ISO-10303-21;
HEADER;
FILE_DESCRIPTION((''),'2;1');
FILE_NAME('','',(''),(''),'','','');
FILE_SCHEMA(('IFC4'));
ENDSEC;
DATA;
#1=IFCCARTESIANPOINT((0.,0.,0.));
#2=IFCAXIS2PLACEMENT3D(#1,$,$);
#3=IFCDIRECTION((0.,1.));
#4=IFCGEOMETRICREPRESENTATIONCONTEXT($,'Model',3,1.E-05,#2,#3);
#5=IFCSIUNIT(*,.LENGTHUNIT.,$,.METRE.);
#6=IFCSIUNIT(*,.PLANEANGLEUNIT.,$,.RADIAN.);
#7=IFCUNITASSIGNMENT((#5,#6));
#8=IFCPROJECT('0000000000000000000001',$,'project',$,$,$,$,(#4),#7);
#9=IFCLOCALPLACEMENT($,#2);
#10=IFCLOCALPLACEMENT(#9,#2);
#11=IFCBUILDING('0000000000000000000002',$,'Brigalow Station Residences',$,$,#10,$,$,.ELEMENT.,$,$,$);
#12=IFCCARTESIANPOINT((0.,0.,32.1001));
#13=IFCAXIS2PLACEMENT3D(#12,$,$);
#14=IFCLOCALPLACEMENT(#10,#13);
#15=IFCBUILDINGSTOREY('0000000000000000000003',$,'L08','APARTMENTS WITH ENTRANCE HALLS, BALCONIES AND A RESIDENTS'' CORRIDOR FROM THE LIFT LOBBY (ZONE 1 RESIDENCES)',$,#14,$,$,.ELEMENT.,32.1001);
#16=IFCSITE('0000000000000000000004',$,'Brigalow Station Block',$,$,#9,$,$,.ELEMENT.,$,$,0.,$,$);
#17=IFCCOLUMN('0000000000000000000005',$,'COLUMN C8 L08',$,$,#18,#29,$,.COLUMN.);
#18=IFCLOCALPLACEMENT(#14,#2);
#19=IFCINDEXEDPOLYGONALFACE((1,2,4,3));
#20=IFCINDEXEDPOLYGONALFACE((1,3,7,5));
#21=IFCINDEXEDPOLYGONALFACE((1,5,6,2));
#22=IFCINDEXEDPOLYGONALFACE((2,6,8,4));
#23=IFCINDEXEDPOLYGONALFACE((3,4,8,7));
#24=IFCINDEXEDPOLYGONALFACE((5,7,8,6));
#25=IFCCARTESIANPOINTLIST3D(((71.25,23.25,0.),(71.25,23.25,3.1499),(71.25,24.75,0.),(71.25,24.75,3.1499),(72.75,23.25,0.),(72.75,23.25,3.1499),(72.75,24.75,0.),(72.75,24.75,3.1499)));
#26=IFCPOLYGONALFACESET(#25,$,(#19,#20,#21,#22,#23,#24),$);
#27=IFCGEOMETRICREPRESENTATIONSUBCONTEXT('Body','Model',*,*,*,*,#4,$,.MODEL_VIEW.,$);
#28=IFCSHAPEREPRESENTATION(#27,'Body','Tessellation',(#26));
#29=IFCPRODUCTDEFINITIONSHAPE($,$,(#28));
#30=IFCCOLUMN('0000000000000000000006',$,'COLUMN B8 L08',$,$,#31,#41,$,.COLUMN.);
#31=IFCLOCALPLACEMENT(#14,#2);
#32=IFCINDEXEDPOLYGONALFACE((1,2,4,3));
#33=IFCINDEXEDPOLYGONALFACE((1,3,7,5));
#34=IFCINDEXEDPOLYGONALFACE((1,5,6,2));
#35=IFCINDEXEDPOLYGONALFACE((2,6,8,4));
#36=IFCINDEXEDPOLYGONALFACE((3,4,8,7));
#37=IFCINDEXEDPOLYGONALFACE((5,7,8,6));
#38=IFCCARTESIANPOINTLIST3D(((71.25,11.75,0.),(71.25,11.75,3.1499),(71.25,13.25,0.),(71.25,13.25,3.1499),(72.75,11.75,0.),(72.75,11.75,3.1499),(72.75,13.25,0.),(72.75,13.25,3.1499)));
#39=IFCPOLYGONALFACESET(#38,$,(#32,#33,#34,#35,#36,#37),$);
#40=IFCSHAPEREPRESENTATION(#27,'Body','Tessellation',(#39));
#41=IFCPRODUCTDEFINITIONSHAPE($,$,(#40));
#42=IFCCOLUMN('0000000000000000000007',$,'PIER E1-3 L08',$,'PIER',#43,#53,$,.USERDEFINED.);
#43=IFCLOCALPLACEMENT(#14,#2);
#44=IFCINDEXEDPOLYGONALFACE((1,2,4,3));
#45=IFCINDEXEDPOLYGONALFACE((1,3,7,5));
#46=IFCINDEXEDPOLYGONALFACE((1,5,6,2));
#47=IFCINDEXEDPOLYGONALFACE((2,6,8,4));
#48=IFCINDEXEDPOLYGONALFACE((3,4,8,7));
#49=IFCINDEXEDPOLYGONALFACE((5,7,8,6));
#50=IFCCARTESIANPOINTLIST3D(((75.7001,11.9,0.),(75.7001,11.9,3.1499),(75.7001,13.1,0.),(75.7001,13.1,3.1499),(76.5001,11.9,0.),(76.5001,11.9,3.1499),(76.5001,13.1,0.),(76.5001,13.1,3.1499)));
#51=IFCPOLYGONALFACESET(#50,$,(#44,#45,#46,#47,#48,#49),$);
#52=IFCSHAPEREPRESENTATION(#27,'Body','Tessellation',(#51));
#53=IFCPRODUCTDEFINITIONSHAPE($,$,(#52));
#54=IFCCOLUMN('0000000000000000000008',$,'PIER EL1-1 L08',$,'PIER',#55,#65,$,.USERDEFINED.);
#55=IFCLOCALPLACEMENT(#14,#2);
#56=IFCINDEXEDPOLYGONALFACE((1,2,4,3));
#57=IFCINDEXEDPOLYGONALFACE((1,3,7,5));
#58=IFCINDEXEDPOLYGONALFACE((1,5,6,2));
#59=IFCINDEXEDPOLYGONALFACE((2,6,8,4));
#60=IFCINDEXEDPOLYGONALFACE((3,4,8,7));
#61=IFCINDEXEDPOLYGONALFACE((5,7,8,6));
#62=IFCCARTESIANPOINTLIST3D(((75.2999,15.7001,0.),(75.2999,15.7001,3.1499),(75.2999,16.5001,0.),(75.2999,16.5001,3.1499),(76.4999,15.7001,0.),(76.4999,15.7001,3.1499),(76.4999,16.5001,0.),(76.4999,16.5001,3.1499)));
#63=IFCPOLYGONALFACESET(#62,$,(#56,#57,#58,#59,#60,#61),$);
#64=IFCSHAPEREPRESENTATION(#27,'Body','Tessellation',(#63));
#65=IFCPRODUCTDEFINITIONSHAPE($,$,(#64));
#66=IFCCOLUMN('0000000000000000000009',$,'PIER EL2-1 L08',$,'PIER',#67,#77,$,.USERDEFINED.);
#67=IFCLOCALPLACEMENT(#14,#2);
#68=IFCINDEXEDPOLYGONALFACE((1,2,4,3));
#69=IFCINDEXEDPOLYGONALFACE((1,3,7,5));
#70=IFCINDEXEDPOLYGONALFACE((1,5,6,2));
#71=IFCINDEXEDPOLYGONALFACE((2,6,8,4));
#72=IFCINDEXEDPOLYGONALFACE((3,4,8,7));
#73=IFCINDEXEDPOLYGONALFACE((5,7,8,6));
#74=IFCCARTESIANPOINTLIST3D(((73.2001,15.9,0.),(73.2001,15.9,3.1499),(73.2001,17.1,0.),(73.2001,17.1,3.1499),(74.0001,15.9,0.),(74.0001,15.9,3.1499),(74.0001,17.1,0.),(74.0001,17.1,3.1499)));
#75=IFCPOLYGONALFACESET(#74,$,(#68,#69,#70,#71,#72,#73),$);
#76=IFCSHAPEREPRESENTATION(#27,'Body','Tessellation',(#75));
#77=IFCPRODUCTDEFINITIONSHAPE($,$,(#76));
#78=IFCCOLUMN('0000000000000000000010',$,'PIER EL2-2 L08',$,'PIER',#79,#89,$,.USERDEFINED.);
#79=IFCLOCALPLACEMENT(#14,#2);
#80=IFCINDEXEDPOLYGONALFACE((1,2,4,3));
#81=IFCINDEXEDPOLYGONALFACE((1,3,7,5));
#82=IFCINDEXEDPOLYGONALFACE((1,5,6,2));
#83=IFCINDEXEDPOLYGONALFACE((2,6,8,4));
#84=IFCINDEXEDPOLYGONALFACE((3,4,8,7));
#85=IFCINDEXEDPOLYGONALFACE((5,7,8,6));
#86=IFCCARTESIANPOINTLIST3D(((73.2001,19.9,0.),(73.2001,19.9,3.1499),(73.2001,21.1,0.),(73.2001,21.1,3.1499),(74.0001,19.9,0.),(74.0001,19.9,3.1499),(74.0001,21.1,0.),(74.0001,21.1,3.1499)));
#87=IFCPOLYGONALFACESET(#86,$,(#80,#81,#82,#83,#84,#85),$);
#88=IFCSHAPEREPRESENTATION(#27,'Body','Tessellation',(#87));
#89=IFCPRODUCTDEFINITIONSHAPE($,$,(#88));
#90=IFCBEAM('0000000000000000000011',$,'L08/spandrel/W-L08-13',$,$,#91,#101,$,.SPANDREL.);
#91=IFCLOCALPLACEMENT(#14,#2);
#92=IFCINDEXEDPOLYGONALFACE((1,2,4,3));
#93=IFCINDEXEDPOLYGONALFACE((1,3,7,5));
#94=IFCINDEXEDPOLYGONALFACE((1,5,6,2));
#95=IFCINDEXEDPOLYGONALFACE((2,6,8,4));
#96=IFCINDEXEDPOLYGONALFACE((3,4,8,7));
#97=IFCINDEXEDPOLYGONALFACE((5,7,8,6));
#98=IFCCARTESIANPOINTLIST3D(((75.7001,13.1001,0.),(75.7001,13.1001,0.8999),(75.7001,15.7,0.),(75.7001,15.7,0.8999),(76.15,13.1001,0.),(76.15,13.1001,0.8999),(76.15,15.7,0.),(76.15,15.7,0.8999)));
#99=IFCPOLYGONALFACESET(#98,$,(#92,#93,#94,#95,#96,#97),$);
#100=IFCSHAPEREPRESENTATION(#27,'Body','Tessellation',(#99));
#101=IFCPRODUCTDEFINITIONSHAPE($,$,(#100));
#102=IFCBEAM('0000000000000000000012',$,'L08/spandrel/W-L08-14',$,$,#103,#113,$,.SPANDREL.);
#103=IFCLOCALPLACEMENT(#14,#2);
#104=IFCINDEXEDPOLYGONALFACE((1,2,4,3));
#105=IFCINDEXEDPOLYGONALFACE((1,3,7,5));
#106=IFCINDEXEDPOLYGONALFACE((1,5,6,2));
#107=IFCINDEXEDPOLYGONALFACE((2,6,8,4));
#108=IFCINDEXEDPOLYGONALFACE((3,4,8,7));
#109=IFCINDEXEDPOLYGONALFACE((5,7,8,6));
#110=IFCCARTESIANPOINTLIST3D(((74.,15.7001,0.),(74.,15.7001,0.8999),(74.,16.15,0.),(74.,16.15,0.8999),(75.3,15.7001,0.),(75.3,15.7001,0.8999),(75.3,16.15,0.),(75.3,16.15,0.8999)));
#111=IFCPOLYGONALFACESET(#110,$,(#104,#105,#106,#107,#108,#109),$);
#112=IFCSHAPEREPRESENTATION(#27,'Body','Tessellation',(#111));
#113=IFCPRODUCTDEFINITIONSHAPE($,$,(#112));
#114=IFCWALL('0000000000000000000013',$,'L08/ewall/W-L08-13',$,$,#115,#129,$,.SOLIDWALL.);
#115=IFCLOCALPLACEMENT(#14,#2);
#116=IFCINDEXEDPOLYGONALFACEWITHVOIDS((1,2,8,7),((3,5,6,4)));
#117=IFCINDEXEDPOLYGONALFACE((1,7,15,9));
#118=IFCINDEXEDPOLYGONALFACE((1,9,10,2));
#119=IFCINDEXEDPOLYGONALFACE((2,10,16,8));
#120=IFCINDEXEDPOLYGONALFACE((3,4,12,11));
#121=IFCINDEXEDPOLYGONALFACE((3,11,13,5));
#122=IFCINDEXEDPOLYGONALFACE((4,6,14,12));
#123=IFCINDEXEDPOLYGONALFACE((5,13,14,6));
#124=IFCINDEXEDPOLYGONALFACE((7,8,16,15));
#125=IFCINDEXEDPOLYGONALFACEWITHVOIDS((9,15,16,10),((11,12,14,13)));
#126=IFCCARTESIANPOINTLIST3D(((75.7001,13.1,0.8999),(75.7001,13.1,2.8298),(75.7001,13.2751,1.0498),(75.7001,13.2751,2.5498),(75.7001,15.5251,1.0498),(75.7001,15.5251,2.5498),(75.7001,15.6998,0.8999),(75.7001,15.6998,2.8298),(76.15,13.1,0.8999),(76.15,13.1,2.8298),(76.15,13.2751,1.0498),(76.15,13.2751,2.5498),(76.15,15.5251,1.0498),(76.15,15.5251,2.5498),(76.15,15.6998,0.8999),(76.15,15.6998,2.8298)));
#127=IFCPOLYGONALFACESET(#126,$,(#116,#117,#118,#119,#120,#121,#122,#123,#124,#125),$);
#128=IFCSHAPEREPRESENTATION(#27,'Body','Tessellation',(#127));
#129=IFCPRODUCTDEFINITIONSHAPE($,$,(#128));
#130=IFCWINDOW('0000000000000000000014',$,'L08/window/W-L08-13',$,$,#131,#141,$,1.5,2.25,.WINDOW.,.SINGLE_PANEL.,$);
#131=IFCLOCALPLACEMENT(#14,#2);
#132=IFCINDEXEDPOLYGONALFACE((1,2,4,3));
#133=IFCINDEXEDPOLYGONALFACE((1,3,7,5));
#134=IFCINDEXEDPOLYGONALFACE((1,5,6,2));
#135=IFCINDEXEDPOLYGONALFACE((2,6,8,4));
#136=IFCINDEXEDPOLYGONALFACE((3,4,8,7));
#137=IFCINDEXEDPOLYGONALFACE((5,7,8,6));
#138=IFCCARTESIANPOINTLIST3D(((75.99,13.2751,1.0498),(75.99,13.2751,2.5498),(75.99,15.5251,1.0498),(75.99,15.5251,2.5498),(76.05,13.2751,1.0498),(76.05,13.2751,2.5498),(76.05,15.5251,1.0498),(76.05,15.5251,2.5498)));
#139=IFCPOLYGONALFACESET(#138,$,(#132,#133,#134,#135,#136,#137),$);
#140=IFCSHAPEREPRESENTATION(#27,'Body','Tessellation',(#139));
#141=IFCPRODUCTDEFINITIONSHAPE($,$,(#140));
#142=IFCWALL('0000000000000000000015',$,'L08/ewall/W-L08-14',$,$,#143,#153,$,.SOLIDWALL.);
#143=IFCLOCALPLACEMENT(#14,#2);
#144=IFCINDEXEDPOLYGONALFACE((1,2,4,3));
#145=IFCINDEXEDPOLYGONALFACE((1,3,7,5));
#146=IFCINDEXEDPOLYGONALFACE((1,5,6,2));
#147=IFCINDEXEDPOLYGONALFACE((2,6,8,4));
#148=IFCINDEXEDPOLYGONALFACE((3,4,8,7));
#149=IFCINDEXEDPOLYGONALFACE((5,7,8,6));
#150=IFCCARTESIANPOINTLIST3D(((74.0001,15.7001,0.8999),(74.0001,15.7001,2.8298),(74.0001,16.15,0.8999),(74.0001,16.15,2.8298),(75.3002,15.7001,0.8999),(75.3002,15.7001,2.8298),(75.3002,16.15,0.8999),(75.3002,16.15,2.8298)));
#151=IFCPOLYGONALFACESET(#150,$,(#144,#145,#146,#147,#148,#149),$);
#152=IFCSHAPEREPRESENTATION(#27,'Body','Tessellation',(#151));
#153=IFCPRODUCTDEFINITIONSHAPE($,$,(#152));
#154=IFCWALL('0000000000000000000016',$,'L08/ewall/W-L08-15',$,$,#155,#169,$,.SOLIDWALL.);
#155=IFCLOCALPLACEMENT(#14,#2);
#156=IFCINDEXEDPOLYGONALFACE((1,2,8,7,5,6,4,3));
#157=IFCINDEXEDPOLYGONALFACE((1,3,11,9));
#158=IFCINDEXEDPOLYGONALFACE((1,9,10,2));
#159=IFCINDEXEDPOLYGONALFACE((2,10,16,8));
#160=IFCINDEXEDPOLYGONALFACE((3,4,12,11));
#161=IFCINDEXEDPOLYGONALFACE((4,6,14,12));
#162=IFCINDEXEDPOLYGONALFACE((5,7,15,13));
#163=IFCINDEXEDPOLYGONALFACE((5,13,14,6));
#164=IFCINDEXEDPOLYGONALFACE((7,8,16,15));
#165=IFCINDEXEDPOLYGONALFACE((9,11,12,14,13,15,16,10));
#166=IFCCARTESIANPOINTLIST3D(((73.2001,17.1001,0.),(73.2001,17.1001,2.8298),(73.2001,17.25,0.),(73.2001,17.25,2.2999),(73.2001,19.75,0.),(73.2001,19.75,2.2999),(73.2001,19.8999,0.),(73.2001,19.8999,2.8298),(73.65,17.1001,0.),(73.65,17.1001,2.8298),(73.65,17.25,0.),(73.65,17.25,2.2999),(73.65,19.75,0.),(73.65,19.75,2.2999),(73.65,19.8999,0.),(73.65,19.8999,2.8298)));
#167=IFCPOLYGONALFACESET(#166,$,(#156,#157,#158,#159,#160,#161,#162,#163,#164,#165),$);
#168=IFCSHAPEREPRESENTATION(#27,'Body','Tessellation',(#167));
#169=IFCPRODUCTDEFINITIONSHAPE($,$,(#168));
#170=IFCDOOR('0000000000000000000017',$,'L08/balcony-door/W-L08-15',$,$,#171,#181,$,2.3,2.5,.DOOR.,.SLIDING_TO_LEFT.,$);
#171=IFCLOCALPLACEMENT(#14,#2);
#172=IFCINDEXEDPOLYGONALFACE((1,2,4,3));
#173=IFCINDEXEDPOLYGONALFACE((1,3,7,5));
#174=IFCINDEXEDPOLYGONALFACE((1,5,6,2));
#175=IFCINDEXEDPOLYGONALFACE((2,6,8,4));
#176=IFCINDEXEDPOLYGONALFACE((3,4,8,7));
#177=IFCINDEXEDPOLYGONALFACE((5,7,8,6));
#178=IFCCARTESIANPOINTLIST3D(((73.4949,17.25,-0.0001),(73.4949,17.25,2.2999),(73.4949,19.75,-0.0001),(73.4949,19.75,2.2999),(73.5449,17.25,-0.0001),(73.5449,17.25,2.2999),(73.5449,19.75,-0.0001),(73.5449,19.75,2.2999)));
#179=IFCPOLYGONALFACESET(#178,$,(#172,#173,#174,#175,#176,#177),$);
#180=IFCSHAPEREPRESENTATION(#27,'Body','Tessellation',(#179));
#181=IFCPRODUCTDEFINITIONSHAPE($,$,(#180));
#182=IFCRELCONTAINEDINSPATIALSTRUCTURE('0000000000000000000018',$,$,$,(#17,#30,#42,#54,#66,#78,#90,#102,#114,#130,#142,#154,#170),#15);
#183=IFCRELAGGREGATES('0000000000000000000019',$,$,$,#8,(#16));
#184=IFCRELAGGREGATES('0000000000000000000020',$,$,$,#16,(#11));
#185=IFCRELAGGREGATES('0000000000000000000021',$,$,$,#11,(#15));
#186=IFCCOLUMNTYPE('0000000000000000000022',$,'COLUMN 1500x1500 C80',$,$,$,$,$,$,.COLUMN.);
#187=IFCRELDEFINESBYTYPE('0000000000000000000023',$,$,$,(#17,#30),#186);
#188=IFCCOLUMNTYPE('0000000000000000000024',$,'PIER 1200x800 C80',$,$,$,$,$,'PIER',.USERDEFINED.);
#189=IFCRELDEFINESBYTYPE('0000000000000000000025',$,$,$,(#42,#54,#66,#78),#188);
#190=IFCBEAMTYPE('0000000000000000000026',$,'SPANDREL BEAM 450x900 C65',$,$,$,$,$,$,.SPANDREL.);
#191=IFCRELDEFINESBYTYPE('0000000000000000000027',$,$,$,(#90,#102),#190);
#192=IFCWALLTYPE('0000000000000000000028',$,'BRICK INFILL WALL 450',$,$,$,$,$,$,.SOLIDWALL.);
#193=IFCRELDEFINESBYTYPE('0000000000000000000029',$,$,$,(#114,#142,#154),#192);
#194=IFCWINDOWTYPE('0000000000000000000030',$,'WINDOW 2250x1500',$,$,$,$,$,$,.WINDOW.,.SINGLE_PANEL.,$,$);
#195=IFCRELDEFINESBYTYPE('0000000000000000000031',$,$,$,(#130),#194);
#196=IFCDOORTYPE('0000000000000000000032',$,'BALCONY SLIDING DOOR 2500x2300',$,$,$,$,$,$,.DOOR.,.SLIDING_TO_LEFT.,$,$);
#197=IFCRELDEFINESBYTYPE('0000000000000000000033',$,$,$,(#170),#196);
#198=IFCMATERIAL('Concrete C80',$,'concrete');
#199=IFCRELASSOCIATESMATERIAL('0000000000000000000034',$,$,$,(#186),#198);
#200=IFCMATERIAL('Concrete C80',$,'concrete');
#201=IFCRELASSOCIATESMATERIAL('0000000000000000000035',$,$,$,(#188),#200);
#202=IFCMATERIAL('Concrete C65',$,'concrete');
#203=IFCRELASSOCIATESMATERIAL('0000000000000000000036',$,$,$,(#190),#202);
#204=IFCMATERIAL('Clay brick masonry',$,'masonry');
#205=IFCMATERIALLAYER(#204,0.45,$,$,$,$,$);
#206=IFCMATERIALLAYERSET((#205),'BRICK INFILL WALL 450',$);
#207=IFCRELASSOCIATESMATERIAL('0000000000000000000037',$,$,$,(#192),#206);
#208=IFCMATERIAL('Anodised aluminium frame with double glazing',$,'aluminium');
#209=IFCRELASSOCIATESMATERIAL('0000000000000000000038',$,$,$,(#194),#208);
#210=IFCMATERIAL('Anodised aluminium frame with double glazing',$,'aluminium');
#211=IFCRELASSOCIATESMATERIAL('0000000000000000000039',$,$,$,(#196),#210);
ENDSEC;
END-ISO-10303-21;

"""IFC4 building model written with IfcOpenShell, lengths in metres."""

from ifc_helpers import new_model, si_unit, direction, frame, frame_2d, origin, origin_2d, place, context, subcontext, project, spatial, rectangle, extrude, material, layer, layer_set, material_profile, profile_set, type_object, element, fill, save


model = new_model("IFC4")

# Units and contexts
model_context = context("Model", 3, precision=1e-05, world=origin(), true_north=direction((0.0, 1.0)))
body_context = subcontext(model_context, "Body", "Model", "MODEL_VIEW")
ifc_project = project(units=[si_unit("LENGTHUNIT", "METRE"), si_unit("PLANEANGLEUNIT", "RADIAN")], contexts=[model_context])

# Site, building, storey
site_placement = place(None, origin())
site = spatial("IfcSite", under=ifc_project, at=site_placement, Name="Brigalow Station Block", CompositionType="ELEMENT", RefElevation=0.0)
building_placement = place(site_placement, origin())
building = spatial("IfcBuilding", under=site, at=building_placement, Name="Brigalow Station Residences", CompositionType="ELEMENT")
storey_placement = place(building_placement, frame((0.0, 0.0, 32.1001)))
storey = spatial("IfcBuildingStorey", under=building, at=storey_placement, Name="L08", Description="APARTMENTS WITH ENTRANCE HALLS, BALCONIES AND A RESIDENTS' CORRIDOR FROM THE LIFT LOBBY (ZONE 1 RESIDENCES)", CompositionType="ELEMENT", Elevation=32.1001)

# Columns
ifc_material_1 = material(Name="Concrete C80", Category="concrete")
ifc_material_profile_1 = material_profile(ifc_material_1, rectangle(XDim=1.5, YDim=1.5, at=origin_2d()), Name="RC1500x1500")
ifc_profile_set_1 = profile_set([ifc_material_profile_1], Name="Concrete C80")
column_type_1 = type_object("IfcColumnType", Name="COLUMN 1500x1500 C80", PredefinedType="COLUMN", material=ifc_profile_set_1)
for number, where, z_axis, x_axis, name in (
    (1, (72.0, 24.0, 0.0), (0.0, 0.0, 1.0), (1.0, 0.0, 0.0), "COLUMN C8 L08"),
    (2, (72.0, 12.5, 0.0), (0.0, 0.0, 1.0), (1.0, 0.0, 0.0), "COLUMN B8 L08"),
):
    element("IfcColumn", number, at=place(storey_placement, frame(where, z_axis=z_axis, x_axis=x_axis)), inside=storey, type_object=column_type_1, Name=name, PredefinedType="COLUMN", context=body_context, shape_type="SweptSolid", body=[
        extrude(rectangle(XDim=1.5, YDim=1.5, at=origin_2d()), origin(), (0.0, 0.0, 1.0), 3.1499),
    ])
ifc_material_2 = material(Name="Concrete C80", Category="concrete")
ifc_material_profile_2 = material_profile(ifc_material_2, rectangle(XDim=1.2, YDim=0.8, at=origin_2d()), Name="RC1200x800")
ifc_profile_set_2 = profile_set([ifc_material_profile_2], Name="Concrete C80")
column_type_2 = type_object("IfcColumnType", Name="PIER 1200x800 C80", ElementType="PIER", PredefinedType="USERDEFINED", material=ifc_profile_set_2)
for number, where, z_axis, x_axis, name in (
    (3, (76.1001, 12.5, 0.0), (0.0, 0.0, 1.0), (0.0, 1.0, 0.0), "PIER E1-3 L08"),
    (4, (75.8999, 16.1001, 0.0), (0.0, 0.0, 1.0), (-1.0, 0.0, 0.0), "PIER EL1-1 L08"),
    (5, (73.6001, 16.5, 0.0), (0.0, 0.0, 1.0), (0.0, 1.0, 0.0), "PIER EL2-1 L08"),
    (6, (73.6001, 20.5, 0.0), (0.0, 0.0, 1.0), (0.0, 1.0, 0.0), "PIER EL2-2 L08"),
):
    element("IfcColumn", number, at=place(storey_placement, frame(where, z_axis=z_axis, x_axis=x_axis)), inside=storey, type_object=column_type_2, Name=name, ObjectType="PIER", PredefinedType="USERDEFINED", context=body_context, shape_type="SweptSolid", body=[
        extrude(rectangle(XDim=1.2, YDim=0.8, at=origin_2d()), origin(), (0.0, 0.0, 1.0), 3.1499),
    ])

# Beams
ifc_material_3 = material(Name="Concrete C65", Category="concrete")
ifc_material_profile_3 = material_profile(ifc_material_3, rectangle(XDim=0.45, YDim=0.8999, at=origin_2d()), Name="RC450x900")
ifc_profile_set_3 = profile_set([ifc_material_profile_3], Name="Concrete C65")
beam_type = type_object("IfcBeamType", Name="SPANDREL BEAM 450x900 C65", PredefinedType="SPANDREL", material=ifc_profile_set_3)
beam_1_placement = place(storey_placement, frame((75.925, 13.1001, 0.45), z_axis=(0.0, 1.0, 0.0), x_axis=(-1.0, 0.0, 0.0)))
element("IfcBeam", 7, at=beam_1_placement, inside=storey, type_object=beam_type, Name="L08/spandrel/W-L08-13", PredefinedType="SPANDREL", context=body_context, shape_type="SweptSolid", body=[
    extrude(rectangle(XDim=0.45, YDim=0.8999, at=origin_2d()), origin(), (0.0, 0.0, 1.0), 2.5999),
])
beam_2_placement = place(storey_placement, frame((75.3, 15.925, 0.45), z_axis=(-1.0, 0.0, 0.0), x_axis=(0.0, -1.0, 0.0)))
element("IfcBeam", 8, at=beam_2_placement, inside=storey, type_object=beam_type, Name="L08/spandrel/W-L08-14", PredefinedType="SPANDREL", context=body_context, shape_type="SweptSolid", body=[
    extrude(rectangle(XDim=0.45, YDim=0.8999, at=origin_2d()), origin(), (0.0, 0.0, 1.0), 1.3),
])

# Wall, opening, window
ifc_material_4 = material(Name="Clay brick masonry", Category="masonry")
ifc_layer_1 = layer(ifc_material_4, 0.45)
ifc_layer_set_1 = layer_set([ifc_layer_1], Name="BRICK INFILL WALL 450")
wall_type_1 = type_object("IfcWallType", Name="BRICK INFILL WALL 450", PredefinedType="SOLIDWALL", material=ifc_layer_set_1)
wall_1_placement = place(storey_placement, frame((75.925, 13.1001, 0.8999), z_axis=(0.0, 0.0, 1.0), x_axis=(0.0, 1.0, 0.0)))
wall_1 = element("IfcWall", 9, at=wall_1_placement, inside=storey, type_object=wall_type_1, Name="L08/ewall/W-L08-13", PredefinedType="SOLIDWALL", context=body_context, shape_type="SweptSolid", body=[
    extrude(rectangle(XDim=2.5999, YDim=0.45, at=frame_2d((1.2998, 0.0))), origin(), (0.0, 0.0, 1.0), 1.9299),
])
opening_1_placement = place(wall_1_placement, frame((0.175, 0.0, 0.1499)))
opening_1 = element("IfcOpeningElement", 10, at=opening_1_placement, cuts=wall_1, PredefinedType="OPENING", context=body_context, shape_type="SweptSolid", body=[
    extrude(rectangle(XDim=2.25, YDim=1.5, at=frame_2d((1.125, 0.75))), frame((0.0, 0.2349, 0.0), z_axis=(0.0, -1.0, 0.0), x_axis=(1.0, 0.0, 0.0)), (0.0, 0.0, 1.0), 0.47),
])
ifc_material_5 = material(Name="Anodised aluminium frame with double glazing", Category="aluminium")
window_type = type_object("IfcWindowType", Name="WINDOW 2250x1500", PartitioningType="SINGLE_PANEL", PredefinedType="WINDOW", material=ifc_material_5)
window_placement = place(opening_1_placement, origin())
window = element("IfcWindow", 11, at=window_placement, inside=storey, type_object=window_type, Name="L08/window/W-L08-13", OverallHeight=1.5, OverallWidth=2.25, PartitioningType="SINGLE_PANEL", PredefinedType="WINDOW", context=body_context, shape_type="SweptSolid", body=[
    extrude(rectangle(XDim=2.25, YDim=1.5, at=frame_2d((1.125, 0.75))), frame((0.0, -0.0649, 0.0), z_axis=(0.0, -1.0, 0.0), x_axis=(1.0, 0.0, 0.0)), (0.0, 0.0, 1.0), 0.0601),
])
fill(opening_1, window)

# Wall
wall_2_placement = place(storey_placement, frame((75.3, 15.925, 0.8999), z_axis=(0.0, 0.0, 1.0), x_axis=(-1.0, 0.0, 0.0)))
element("IfcWall", 12, at=wall_2_placement, inside=storey, type_object=wall_type_1, Name="L08/ewall/W-L08-14", PredefinedType="SOLIDWALL", context=body_context, shape_type="SweptSolid", body=[
    extrude(rectangle(XDim=1.3, YDim=0.45, at=frame_2d((0.6499, 0.0))), origin(), (0.0, 0.0, 1.0), 1.9299),
])

# Wall, opening, door
wall_3_placement = place(storey_placement, frame((73.425, 17.1001, 0.0), z_axis=(0.0, 0.0, 1.0), x_axis=(0.0, 1.0, 0.0)))
wall_3 = element("IfcWall", 13, at=wall_3_placement, inside=storey, type_object=wall_type_1, Name="L08/ewall/W-L08-15", PredefinedType="SOLIDWALL", context=body_context, shape_type="SweptSolid", body=[
    extrude(rectangle(XDim=2.7998, YDim=0.45, at=frame_2d((1.3999, 0.0))), origin(), (0.0, 0.0, 1.0), 2.8298),
])
opening_2_placement = place(wall_3_placement, frame((0.1499, 0.0, 0.0)))
opening_2 = element("IfcOpeningElement", 14, at=opening_2_placement, cuts=wall_3, PredefinedType="OPENING", context=body_context, shape_type="SweptSolid", body=[
    extrude(rectangle(XDim=2.5, YDim=2.3, at=frame_2d((1.25, 1.1499))), frame((0.0, 0.2349, 0.0), z_axis=(0.0, -1.0, 0.0), x_axis=(1.0, 0.0, 0.0)), (0.0, 0.0, 1.0), 0.47),
])
ifc_material_6 = material(Name="Anodised aluminium frame with double glazing", Category="aluminium")
door_type_1 = type_object("IfcDoorType", Name="BALCONY SLIDING DOOR 2500x2300", OperationType="SLIDING_TO_LEFT", PredefinedType="DOOR", material=ifc_material_6)
door_1_placement = place(opening_2_placement, origin())
door_1 = element("IfcDoor", 15, at=door_1_placement, inside=storey, type_object=door_type_1, Name="L08/balcony-door/W-L08-15", OperationType="SLIDING_TO_LEFT", OverallHeight=2.3, OverallWidth=2.5, PredefinedType="DOOR", context=body_context, shape_type="SweptSolid", body=[
    extrude(rectangle(XDim=2.5, YDim=2.3, at=frame_2d((1.25, 1.1499))), frame((0.0, -0.0698, 0.0), z_axis=(0.0, -1.0, 0.0), x_axis=(1.0, 0.0, 0.0)), (0.0, 0.0, 1.0), 0.05),
])
fill(opening_2, door_1)

save(model, "model.ifc")
